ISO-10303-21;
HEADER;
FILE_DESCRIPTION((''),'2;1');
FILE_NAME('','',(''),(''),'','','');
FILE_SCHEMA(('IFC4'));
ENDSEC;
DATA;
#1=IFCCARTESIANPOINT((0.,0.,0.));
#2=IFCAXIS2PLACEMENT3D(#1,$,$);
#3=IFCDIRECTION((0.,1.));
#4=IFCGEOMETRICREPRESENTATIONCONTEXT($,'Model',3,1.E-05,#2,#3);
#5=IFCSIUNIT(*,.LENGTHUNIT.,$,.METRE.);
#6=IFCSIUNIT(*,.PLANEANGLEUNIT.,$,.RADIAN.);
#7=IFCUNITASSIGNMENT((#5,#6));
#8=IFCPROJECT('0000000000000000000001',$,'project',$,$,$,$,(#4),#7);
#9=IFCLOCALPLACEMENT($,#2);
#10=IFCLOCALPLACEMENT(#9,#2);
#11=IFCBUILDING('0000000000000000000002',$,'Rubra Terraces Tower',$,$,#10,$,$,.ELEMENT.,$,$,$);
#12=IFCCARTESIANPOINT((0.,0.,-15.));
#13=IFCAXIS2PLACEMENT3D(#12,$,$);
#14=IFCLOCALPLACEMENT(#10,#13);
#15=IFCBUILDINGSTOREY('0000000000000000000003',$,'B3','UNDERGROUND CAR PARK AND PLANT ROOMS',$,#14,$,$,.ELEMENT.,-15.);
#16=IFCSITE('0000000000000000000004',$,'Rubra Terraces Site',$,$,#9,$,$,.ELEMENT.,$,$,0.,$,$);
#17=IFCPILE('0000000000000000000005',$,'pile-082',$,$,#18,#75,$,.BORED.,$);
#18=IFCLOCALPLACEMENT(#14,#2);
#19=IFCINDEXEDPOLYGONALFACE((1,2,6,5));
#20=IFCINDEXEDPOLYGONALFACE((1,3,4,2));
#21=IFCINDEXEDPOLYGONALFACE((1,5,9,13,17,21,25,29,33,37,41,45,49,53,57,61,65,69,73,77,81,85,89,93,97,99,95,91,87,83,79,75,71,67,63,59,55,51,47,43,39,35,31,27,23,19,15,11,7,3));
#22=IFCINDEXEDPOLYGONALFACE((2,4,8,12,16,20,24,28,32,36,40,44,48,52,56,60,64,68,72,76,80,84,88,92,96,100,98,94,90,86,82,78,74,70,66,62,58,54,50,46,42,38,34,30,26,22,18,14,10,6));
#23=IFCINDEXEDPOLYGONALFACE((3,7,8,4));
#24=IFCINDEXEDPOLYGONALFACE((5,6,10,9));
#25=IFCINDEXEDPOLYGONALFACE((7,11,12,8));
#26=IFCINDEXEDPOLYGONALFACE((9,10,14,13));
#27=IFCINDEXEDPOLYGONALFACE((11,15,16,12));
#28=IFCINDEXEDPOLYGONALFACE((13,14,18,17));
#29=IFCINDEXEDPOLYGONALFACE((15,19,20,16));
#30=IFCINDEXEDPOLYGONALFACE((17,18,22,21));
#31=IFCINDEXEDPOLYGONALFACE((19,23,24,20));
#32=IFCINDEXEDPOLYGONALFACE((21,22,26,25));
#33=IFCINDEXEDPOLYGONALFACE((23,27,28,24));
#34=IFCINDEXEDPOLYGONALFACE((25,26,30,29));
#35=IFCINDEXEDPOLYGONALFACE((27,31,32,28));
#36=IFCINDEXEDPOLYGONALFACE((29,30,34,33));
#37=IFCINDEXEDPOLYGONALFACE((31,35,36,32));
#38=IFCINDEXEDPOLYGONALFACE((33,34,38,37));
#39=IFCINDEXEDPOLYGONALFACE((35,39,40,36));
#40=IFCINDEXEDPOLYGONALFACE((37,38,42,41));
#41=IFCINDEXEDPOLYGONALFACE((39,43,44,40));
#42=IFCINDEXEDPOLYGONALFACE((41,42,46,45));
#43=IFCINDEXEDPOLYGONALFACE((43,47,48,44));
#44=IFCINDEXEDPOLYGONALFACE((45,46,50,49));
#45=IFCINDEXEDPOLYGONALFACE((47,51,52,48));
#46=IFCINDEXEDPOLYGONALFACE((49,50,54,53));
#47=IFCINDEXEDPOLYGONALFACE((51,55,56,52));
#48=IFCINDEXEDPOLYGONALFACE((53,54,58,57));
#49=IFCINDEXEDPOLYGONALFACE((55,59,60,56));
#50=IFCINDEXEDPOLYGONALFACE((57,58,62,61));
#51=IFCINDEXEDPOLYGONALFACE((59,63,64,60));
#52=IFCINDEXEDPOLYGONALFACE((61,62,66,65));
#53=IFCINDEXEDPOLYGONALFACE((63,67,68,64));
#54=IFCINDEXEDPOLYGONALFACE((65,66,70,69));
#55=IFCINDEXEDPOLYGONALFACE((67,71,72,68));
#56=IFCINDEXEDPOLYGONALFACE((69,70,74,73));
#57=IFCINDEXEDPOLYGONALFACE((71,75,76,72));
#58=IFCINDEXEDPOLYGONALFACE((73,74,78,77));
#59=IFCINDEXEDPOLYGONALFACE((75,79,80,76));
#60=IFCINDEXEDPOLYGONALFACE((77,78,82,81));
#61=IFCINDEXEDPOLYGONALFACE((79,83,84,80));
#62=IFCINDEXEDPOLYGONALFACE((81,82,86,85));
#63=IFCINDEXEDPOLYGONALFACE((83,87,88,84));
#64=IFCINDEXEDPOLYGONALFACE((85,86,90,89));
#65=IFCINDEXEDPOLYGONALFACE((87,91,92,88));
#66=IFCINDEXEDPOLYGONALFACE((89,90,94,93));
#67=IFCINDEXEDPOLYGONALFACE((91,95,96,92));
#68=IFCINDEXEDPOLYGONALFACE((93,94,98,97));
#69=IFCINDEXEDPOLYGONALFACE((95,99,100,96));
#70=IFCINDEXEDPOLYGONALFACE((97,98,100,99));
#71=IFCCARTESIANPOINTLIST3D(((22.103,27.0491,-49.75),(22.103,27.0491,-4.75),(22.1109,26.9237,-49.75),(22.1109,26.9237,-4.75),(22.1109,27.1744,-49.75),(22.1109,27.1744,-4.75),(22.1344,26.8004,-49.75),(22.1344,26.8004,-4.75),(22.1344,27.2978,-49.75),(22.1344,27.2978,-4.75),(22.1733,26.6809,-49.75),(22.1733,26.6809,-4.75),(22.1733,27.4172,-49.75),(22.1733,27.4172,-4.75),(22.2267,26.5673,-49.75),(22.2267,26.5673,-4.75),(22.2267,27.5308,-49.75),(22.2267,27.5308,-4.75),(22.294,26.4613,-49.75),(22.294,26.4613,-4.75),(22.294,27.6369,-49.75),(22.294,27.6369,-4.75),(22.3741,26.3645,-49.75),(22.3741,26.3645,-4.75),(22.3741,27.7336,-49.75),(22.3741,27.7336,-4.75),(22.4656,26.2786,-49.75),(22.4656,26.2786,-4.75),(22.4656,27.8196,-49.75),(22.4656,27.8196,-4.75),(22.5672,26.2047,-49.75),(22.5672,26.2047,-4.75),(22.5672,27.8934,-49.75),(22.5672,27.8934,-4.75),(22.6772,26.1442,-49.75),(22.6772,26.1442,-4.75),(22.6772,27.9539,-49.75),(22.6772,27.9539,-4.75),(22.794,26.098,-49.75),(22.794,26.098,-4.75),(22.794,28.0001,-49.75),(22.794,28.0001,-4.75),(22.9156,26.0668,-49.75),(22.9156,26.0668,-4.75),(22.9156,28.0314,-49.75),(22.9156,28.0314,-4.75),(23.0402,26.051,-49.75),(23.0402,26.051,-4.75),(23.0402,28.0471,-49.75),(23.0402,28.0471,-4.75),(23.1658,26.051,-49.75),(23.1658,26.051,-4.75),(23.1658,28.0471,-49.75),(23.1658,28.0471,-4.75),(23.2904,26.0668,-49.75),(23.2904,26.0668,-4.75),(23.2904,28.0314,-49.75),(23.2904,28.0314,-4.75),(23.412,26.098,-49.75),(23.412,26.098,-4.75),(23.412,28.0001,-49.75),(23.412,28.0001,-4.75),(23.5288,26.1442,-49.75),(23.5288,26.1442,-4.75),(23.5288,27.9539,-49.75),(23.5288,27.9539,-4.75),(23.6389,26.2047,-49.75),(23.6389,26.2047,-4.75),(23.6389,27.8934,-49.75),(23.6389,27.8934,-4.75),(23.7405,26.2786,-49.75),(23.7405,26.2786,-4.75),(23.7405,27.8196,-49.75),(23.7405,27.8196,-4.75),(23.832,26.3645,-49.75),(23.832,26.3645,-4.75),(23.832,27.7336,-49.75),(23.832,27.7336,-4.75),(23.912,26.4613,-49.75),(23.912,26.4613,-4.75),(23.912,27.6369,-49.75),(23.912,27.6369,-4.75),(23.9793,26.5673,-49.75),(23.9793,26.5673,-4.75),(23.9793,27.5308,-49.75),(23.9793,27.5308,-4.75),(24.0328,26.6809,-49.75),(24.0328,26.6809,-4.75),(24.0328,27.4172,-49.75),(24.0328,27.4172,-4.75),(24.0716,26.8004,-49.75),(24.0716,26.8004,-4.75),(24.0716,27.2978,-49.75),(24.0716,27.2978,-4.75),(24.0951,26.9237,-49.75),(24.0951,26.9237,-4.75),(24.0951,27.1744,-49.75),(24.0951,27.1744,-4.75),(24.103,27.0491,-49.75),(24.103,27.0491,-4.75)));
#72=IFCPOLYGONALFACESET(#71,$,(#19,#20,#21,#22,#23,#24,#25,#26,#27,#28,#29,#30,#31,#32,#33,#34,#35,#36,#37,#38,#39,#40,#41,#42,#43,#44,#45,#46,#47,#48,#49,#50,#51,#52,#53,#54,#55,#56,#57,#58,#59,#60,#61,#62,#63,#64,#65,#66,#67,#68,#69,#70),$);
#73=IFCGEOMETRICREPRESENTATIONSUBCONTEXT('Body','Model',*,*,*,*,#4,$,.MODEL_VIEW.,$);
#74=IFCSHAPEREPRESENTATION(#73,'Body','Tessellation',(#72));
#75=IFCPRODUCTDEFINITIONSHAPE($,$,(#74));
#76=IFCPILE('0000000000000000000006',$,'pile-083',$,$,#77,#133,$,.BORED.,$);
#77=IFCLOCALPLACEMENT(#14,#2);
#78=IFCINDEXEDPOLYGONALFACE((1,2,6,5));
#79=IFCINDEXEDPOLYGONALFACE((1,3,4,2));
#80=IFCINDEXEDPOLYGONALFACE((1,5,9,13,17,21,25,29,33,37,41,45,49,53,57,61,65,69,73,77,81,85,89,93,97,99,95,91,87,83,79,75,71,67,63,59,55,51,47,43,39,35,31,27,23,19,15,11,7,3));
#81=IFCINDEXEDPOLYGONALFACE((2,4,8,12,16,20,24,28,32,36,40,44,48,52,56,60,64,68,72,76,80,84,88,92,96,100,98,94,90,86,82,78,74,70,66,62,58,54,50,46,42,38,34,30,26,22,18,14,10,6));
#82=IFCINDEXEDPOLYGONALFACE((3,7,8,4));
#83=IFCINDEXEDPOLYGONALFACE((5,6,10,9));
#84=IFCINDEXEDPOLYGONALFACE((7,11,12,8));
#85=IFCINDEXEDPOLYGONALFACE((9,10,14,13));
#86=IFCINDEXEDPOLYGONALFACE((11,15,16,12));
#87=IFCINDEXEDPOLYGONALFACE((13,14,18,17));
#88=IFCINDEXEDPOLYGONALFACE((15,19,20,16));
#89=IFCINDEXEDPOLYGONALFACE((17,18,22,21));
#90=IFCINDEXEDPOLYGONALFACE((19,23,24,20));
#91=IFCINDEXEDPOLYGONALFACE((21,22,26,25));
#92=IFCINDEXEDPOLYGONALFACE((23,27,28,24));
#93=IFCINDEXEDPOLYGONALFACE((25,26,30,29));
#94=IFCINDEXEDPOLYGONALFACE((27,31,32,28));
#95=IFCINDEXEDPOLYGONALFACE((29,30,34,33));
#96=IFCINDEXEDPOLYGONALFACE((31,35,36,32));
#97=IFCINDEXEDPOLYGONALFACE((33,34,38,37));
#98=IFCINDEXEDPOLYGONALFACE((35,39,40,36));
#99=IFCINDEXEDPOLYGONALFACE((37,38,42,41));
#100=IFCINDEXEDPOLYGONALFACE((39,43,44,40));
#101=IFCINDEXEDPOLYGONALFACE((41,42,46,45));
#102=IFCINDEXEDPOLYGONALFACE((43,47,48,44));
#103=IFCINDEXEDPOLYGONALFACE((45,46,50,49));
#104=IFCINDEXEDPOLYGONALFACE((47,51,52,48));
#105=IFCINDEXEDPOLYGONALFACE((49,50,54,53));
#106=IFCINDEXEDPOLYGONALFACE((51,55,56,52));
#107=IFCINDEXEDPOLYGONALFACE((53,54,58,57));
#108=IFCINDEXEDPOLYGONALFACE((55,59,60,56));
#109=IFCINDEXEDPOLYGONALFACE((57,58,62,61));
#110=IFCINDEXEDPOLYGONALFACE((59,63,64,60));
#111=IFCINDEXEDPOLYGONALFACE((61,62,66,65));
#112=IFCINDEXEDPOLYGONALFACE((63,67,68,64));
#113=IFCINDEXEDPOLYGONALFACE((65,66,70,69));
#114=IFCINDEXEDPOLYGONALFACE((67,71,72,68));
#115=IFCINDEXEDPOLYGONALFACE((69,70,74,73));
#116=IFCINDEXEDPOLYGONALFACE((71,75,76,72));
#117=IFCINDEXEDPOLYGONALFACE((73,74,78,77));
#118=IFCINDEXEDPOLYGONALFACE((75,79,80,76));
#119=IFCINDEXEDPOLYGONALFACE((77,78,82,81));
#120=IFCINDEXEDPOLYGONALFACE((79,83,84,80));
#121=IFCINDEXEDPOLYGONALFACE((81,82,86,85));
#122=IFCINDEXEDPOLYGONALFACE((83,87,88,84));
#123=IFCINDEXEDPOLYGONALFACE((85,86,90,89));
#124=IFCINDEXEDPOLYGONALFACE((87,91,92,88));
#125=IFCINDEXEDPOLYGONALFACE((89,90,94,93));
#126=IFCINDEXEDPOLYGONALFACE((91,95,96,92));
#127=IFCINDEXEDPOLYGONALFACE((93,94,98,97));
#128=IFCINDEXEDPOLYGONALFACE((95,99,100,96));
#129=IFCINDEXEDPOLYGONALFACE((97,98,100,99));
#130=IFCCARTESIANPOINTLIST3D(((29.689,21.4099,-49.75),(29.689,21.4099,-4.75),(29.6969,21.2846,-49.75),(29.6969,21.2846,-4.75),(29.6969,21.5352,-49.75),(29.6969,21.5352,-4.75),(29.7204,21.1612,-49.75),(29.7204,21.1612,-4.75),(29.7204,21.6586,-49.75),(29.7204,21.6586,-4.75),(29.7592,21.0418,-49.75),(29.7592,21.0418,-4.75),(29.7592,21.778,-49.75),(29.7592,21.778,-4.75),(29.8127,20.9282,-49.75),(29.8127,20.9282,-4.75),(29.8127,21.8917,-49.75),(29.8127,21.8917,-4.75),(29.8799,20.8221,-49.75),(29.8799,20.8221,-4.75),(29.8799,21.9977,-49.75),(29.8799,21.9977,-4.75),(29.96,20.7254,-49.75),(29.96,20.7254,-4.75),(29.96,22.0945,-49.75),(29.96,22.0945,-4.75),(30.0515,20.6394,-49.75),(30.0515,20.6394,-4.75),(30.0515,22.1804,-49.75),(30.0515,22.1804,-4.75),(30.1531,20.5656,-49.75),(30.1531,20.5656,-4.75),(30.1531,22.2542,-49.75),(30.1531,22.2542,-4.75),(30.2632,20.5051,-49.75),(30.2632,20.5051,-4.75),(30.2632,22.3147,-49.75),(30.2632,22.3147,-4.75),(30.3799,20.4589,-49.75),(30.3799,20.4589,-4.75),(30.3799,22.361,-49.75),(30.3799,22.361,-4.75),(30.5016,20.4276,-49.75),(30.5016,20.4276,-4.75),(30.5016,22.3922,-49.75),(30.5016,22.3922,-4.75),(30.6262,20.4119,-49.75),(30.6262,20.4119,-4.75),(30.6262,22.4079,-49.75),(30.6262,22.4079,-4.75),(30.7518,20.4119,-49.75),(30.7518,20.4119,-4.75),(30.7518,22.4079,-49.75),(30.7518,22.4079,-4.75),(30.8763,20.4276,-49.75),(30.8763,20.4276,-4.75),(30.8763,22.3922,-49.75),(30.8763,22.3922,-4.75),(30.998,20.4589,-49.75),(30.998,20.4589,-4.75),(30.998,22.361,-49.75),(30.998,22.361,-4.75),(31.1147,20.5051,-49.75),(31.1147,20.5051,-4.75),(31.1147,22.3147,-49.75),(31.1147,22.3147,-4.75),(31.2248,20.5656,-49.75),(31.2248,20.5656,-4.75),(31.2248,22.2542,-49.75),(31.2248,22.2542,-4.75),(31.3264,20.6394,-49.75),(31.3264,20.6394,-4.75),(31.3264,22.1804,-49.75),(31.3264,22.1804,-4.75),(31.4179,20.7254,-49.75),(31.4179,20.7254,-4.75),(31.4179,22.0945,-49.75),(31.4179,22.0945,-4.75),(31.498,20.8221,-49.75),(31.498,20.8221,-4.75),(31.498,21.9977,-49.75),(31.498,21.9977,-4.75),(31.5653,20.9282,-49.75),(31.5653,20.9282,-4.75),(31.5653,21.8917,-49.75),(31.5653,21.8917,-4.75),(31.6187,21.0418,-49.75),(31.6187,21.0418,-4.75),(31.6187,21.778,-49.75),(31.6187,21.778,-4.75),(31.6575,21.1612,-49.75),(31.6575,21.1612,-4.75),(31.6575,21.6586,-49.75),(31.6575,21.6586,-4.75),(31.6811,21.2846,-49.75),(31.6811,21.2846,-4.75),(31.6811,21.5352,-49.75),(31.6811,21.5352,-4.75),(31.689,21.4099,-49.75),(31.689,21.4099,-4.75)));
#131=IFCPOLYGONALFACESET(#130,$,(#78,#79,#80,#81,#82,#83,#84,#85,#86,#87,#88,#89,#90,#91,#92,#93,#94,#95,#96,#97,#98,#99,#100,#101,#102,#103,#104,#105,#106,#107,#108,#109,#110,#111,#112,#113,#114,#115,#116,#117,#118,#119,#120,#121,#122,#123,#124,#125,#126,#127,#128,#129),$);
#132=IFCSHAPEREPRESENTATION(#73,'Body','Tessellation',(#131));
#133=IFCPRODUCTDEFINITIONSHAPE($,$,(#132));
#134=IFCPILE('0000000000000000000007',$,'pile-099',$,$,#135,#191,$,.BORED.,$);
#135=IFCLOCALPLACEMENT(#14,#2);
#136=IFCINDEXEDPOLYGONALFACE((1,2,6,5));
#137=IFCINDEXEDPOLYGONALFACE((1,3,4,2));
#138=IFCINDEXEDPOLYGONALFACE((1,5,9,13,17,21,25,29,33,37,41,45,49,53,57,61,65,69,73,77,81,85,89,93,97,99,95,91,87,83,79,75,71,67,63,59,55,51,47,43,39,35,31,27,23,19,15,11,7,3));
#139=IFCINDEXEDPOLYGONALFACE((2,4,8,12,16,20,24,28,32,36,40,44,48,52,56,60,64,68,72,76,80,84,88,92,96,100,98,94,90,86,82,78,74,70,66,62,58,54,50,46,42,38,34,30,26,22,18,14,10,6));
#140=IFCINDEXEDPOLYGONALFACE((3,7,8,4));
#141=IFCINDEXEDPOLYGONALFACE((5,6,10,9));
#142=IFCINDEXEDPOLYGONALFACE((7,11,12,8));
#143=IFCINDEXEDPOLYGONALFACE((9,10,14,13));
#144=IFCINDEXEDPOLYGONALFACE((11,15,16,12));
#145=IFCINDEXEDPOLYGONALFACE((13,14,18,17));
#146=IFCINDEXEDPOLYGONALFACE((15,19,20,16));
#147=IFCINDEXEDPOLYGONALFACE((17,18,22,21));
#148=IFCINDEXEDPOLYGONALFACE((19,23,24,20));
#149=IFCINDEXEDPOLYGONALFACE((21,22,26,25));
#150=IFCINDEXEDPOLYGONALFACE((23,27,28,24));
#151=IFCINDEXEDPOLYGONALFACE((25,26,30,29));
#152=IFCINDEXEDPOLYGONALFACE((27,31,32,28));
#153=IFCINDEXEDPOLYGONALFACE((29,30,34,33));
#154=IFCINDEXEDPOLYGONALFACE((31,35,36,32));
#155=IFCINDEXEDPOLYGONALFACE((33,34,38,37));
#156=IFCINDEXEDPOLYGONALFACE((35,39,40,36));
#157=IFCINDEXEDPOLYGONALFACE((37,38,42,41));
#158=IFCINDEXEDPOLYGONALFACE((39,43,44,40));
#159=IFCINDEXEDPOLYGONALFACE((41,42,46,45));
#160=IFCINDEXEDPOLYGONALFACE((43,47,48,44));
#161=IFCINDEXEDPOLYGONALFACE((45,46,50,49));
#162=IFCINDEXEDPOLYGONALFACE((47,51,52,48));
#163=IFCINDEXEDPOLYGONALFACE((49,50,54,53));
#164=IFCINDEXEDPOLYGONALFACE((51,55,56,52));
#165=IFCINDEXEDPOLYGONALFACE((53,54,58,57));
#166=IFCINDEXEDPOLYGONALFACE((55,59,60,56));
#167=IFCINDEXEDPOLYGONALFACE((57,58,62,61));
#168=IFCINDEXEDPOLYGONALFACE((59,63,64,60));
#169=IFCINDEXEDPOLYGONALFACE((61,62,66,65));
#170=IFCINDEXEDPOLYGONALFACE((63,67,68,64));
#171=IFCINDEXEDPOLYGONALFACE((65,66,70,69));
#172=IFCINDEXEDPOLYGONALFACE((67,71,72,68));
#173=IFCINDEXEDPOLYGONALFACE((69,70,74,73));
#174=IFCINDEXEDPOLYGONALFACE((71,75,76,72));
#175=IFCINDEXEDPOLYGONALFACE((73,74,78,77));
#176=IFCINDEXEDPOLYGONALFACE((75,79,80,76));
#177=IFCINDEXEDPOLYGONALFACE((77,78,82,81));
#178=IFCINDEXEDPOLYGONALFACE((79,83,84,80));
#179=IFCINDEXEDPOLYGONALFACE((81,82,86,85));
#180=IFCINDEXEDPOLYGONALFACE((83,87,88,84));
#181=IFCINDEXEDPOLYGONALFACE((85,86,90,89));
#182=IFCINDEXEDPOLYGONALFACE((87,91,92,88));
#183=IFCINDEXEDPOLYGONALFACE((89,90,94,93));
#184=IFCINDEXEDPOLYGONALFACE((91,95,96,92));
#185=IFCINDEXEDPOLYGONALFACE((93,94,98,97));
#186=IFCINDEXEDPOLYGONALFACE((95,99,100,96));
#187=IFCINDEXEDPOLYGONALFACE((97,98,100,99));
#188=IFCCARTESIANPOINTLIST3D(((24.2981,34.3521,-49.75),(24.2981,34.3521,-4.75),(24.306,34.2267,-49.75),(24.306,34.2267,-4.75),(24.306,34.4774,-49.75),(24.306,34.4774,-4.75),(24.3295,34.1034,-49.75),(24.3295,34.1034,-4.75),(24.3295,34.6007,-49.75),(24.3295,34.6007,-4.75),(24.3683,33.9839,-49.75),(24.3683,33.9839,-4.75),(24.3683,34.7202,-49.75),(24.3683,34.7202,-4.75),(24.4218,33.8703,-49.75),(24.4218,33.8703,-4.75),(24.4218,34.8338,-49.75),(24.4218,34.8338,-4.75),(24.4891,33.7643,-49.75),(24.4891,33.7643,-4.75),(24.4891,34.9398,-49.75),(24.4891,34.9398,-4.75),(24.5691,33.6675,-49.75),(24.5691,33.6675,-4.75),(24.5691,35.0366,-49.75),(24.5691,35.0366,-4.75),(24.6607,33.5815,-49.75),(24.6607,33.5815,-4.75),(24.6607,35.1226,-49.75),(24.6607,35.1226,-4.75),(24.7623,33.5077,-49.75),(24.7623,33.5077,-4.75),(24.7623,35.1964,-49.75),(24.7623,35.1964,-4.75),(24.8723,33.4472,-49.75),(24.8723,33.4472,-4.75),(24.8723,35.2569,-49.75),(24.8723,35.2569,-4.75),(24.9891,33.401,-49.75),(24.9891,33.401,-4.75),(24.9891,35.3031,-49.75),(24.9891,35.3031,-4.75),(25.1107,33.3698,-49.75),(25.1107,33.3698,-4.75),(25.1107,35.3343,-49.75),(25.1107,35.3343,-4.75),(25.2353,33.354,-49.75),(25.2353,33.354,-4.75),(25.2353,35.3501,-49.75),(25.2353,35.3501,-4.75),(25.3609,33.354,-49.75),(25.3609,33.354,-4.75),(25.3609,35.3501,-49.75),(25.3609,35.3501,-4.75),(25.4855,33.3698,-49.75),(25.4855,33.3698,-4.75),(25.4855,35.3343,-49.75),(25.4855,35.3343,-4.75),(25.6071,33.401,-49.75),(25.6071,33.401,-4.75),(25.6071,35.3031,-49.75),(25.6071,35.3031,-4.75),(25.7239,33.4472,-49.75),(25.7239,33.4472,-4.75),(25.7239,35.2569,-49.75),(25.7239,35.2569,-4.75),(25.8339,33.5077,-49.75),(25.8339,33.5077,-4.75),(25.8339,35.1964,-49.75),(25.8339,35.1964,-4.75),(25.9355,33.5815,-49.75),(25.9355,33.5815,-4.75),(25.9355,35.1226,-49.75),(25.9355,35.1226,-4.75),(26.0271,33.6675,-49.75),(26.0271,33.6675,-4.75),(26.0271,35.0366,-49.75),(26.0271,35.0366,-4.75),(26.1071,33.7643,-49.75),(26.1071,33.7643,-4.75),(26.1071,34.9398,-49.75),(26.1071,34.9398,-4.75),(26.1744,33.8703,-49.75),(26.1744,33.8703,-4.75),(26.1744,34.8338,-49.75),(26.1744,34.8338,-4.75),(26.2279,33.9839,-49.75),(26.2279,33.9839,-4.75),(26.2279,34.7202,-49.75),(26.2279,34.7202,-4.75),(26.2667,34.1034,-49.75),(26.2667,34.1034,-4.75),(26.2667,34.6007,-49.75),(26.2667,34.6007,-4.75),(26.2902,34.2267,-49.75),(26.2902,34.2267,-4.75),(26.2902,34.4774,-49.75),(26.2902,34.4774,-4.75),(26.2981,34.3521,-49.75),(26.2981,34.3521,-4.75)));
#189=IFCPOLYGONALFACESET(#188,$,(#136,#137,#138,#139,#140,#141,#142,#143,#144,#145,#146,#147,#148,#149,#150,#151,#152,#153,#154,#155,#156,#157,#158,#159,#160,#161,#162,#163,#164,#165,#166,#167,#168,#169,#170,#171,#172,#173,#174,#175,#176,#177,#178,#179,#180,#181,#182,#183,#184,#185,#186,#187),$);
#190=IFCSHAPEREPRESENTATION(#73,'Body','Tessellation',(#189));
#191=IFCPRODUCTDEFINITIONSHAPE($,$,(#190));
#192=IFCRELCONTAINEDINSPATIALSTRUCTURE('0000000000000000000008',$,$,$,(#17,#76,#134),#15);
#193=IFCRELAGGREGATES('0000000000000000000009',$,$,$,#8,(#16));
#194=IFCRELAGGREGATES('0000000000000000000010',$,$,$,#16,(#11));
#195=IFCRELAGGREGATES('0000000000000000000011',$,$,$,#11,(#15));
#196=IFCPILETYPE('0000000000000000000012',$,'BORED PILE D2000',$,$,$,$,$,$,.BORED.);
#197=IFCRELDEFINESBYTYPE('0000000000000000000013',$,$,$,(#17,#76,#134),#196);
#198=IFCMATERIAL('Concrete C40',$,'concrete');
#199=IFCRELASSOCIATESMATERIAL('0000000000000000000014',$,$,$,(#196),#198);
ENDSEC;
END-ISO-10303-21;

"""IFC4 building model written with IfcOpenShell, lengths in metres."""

from ifc_helpers import new_model, si_unit, direction, frame, origin, origin_2d, place, context, subcontext, project, spatial, circle, extrude, material, material_profile, profile_set, type_object, element, save


model = new_model("IFC4")

# Units and contexts
model_context = context("Model", 3, precision=1e-05, world=origin(), true_north=direction((0.0, 1.0)))
body_context = subcontext(model_context, "Body", "Model", "MODEL_VIEW")
ifc_project = project(units=[si_unit("LENGTHUNIT", "METRE"), si_unit("PLANEANGLEUNIT", "RADIAN")], contexts=[model_context])

# Site, building, storey
site_placement = place(None, origin())
site = spatial("IfcSite", under=ifc_project, at=site_placement, Name="Rubra Terraces Site", CompositionType="ELEMENT", RefElevation=0.0)
building_placement = place(site_placement, origin())
building = spatial("IfcBuilding", under=site, at=building_placement, Name="Rubra Terraces Tower", CompositionType="ELEMENT")
storey_placement = place(building_placement, frame((0.0, 0.0, -15.0)))
storey = spatial("IfcBuildingStorey", under=building, at=storey_placement, Name="B3", Description="UNDERGROUND CAR PARK AND PLANT ROOMS", CompositionType="ELEMENT", Elevation=-15.0)

# Piles
ifc_material_1 = material(Name="Concrete C40", Category="concrete")
ifc_material_profile_1 = material_profile(ifc_material_1, circle(Radius=1.0, at=origin_2d()), Name="BORED PILE D2000")
ifc_profile_set_1 = profile_set([ifc_material_profile_1], Name="Concrete C40")
pile_type = type_object("IfcPileType", Name="BORED PILE D2000", PredefinedType="BORED", material=ifc_profile_set_1)
for number, where, z_axis, x_axis, name in (
    (1, (23.103, 27.0491, -4.75), (0.0, 0.0, -1.0), (1.0, 0.0, 0.0), "pile-082"),
    (2, (30.689, 21.4099, -4.75), (0.0, 0.0, -1.0), (1.0, 0.0, 0.0), "pile-083"),
    (3, (25.2981, 34.3521, -4.75), (0.0, 0.0, -1.0), (1.0, 0.0, 0.0), "pile-099"),
):
    element("IfcPile", number, at=place(storey_placement, frame(where, z_axis=z_axis, x_axis=x_axis)), inside=storey, type_object=pile_type, Name=name, PredefinedType="BORED", context=body_context, shape_type="SweptSolid", body=[
        extrude(circle(Radius=1.0, at=origin_2d()), origin(), (0.0, 0.0, 1.0), 45.0),
    ])

save(model, "model.ifc")
